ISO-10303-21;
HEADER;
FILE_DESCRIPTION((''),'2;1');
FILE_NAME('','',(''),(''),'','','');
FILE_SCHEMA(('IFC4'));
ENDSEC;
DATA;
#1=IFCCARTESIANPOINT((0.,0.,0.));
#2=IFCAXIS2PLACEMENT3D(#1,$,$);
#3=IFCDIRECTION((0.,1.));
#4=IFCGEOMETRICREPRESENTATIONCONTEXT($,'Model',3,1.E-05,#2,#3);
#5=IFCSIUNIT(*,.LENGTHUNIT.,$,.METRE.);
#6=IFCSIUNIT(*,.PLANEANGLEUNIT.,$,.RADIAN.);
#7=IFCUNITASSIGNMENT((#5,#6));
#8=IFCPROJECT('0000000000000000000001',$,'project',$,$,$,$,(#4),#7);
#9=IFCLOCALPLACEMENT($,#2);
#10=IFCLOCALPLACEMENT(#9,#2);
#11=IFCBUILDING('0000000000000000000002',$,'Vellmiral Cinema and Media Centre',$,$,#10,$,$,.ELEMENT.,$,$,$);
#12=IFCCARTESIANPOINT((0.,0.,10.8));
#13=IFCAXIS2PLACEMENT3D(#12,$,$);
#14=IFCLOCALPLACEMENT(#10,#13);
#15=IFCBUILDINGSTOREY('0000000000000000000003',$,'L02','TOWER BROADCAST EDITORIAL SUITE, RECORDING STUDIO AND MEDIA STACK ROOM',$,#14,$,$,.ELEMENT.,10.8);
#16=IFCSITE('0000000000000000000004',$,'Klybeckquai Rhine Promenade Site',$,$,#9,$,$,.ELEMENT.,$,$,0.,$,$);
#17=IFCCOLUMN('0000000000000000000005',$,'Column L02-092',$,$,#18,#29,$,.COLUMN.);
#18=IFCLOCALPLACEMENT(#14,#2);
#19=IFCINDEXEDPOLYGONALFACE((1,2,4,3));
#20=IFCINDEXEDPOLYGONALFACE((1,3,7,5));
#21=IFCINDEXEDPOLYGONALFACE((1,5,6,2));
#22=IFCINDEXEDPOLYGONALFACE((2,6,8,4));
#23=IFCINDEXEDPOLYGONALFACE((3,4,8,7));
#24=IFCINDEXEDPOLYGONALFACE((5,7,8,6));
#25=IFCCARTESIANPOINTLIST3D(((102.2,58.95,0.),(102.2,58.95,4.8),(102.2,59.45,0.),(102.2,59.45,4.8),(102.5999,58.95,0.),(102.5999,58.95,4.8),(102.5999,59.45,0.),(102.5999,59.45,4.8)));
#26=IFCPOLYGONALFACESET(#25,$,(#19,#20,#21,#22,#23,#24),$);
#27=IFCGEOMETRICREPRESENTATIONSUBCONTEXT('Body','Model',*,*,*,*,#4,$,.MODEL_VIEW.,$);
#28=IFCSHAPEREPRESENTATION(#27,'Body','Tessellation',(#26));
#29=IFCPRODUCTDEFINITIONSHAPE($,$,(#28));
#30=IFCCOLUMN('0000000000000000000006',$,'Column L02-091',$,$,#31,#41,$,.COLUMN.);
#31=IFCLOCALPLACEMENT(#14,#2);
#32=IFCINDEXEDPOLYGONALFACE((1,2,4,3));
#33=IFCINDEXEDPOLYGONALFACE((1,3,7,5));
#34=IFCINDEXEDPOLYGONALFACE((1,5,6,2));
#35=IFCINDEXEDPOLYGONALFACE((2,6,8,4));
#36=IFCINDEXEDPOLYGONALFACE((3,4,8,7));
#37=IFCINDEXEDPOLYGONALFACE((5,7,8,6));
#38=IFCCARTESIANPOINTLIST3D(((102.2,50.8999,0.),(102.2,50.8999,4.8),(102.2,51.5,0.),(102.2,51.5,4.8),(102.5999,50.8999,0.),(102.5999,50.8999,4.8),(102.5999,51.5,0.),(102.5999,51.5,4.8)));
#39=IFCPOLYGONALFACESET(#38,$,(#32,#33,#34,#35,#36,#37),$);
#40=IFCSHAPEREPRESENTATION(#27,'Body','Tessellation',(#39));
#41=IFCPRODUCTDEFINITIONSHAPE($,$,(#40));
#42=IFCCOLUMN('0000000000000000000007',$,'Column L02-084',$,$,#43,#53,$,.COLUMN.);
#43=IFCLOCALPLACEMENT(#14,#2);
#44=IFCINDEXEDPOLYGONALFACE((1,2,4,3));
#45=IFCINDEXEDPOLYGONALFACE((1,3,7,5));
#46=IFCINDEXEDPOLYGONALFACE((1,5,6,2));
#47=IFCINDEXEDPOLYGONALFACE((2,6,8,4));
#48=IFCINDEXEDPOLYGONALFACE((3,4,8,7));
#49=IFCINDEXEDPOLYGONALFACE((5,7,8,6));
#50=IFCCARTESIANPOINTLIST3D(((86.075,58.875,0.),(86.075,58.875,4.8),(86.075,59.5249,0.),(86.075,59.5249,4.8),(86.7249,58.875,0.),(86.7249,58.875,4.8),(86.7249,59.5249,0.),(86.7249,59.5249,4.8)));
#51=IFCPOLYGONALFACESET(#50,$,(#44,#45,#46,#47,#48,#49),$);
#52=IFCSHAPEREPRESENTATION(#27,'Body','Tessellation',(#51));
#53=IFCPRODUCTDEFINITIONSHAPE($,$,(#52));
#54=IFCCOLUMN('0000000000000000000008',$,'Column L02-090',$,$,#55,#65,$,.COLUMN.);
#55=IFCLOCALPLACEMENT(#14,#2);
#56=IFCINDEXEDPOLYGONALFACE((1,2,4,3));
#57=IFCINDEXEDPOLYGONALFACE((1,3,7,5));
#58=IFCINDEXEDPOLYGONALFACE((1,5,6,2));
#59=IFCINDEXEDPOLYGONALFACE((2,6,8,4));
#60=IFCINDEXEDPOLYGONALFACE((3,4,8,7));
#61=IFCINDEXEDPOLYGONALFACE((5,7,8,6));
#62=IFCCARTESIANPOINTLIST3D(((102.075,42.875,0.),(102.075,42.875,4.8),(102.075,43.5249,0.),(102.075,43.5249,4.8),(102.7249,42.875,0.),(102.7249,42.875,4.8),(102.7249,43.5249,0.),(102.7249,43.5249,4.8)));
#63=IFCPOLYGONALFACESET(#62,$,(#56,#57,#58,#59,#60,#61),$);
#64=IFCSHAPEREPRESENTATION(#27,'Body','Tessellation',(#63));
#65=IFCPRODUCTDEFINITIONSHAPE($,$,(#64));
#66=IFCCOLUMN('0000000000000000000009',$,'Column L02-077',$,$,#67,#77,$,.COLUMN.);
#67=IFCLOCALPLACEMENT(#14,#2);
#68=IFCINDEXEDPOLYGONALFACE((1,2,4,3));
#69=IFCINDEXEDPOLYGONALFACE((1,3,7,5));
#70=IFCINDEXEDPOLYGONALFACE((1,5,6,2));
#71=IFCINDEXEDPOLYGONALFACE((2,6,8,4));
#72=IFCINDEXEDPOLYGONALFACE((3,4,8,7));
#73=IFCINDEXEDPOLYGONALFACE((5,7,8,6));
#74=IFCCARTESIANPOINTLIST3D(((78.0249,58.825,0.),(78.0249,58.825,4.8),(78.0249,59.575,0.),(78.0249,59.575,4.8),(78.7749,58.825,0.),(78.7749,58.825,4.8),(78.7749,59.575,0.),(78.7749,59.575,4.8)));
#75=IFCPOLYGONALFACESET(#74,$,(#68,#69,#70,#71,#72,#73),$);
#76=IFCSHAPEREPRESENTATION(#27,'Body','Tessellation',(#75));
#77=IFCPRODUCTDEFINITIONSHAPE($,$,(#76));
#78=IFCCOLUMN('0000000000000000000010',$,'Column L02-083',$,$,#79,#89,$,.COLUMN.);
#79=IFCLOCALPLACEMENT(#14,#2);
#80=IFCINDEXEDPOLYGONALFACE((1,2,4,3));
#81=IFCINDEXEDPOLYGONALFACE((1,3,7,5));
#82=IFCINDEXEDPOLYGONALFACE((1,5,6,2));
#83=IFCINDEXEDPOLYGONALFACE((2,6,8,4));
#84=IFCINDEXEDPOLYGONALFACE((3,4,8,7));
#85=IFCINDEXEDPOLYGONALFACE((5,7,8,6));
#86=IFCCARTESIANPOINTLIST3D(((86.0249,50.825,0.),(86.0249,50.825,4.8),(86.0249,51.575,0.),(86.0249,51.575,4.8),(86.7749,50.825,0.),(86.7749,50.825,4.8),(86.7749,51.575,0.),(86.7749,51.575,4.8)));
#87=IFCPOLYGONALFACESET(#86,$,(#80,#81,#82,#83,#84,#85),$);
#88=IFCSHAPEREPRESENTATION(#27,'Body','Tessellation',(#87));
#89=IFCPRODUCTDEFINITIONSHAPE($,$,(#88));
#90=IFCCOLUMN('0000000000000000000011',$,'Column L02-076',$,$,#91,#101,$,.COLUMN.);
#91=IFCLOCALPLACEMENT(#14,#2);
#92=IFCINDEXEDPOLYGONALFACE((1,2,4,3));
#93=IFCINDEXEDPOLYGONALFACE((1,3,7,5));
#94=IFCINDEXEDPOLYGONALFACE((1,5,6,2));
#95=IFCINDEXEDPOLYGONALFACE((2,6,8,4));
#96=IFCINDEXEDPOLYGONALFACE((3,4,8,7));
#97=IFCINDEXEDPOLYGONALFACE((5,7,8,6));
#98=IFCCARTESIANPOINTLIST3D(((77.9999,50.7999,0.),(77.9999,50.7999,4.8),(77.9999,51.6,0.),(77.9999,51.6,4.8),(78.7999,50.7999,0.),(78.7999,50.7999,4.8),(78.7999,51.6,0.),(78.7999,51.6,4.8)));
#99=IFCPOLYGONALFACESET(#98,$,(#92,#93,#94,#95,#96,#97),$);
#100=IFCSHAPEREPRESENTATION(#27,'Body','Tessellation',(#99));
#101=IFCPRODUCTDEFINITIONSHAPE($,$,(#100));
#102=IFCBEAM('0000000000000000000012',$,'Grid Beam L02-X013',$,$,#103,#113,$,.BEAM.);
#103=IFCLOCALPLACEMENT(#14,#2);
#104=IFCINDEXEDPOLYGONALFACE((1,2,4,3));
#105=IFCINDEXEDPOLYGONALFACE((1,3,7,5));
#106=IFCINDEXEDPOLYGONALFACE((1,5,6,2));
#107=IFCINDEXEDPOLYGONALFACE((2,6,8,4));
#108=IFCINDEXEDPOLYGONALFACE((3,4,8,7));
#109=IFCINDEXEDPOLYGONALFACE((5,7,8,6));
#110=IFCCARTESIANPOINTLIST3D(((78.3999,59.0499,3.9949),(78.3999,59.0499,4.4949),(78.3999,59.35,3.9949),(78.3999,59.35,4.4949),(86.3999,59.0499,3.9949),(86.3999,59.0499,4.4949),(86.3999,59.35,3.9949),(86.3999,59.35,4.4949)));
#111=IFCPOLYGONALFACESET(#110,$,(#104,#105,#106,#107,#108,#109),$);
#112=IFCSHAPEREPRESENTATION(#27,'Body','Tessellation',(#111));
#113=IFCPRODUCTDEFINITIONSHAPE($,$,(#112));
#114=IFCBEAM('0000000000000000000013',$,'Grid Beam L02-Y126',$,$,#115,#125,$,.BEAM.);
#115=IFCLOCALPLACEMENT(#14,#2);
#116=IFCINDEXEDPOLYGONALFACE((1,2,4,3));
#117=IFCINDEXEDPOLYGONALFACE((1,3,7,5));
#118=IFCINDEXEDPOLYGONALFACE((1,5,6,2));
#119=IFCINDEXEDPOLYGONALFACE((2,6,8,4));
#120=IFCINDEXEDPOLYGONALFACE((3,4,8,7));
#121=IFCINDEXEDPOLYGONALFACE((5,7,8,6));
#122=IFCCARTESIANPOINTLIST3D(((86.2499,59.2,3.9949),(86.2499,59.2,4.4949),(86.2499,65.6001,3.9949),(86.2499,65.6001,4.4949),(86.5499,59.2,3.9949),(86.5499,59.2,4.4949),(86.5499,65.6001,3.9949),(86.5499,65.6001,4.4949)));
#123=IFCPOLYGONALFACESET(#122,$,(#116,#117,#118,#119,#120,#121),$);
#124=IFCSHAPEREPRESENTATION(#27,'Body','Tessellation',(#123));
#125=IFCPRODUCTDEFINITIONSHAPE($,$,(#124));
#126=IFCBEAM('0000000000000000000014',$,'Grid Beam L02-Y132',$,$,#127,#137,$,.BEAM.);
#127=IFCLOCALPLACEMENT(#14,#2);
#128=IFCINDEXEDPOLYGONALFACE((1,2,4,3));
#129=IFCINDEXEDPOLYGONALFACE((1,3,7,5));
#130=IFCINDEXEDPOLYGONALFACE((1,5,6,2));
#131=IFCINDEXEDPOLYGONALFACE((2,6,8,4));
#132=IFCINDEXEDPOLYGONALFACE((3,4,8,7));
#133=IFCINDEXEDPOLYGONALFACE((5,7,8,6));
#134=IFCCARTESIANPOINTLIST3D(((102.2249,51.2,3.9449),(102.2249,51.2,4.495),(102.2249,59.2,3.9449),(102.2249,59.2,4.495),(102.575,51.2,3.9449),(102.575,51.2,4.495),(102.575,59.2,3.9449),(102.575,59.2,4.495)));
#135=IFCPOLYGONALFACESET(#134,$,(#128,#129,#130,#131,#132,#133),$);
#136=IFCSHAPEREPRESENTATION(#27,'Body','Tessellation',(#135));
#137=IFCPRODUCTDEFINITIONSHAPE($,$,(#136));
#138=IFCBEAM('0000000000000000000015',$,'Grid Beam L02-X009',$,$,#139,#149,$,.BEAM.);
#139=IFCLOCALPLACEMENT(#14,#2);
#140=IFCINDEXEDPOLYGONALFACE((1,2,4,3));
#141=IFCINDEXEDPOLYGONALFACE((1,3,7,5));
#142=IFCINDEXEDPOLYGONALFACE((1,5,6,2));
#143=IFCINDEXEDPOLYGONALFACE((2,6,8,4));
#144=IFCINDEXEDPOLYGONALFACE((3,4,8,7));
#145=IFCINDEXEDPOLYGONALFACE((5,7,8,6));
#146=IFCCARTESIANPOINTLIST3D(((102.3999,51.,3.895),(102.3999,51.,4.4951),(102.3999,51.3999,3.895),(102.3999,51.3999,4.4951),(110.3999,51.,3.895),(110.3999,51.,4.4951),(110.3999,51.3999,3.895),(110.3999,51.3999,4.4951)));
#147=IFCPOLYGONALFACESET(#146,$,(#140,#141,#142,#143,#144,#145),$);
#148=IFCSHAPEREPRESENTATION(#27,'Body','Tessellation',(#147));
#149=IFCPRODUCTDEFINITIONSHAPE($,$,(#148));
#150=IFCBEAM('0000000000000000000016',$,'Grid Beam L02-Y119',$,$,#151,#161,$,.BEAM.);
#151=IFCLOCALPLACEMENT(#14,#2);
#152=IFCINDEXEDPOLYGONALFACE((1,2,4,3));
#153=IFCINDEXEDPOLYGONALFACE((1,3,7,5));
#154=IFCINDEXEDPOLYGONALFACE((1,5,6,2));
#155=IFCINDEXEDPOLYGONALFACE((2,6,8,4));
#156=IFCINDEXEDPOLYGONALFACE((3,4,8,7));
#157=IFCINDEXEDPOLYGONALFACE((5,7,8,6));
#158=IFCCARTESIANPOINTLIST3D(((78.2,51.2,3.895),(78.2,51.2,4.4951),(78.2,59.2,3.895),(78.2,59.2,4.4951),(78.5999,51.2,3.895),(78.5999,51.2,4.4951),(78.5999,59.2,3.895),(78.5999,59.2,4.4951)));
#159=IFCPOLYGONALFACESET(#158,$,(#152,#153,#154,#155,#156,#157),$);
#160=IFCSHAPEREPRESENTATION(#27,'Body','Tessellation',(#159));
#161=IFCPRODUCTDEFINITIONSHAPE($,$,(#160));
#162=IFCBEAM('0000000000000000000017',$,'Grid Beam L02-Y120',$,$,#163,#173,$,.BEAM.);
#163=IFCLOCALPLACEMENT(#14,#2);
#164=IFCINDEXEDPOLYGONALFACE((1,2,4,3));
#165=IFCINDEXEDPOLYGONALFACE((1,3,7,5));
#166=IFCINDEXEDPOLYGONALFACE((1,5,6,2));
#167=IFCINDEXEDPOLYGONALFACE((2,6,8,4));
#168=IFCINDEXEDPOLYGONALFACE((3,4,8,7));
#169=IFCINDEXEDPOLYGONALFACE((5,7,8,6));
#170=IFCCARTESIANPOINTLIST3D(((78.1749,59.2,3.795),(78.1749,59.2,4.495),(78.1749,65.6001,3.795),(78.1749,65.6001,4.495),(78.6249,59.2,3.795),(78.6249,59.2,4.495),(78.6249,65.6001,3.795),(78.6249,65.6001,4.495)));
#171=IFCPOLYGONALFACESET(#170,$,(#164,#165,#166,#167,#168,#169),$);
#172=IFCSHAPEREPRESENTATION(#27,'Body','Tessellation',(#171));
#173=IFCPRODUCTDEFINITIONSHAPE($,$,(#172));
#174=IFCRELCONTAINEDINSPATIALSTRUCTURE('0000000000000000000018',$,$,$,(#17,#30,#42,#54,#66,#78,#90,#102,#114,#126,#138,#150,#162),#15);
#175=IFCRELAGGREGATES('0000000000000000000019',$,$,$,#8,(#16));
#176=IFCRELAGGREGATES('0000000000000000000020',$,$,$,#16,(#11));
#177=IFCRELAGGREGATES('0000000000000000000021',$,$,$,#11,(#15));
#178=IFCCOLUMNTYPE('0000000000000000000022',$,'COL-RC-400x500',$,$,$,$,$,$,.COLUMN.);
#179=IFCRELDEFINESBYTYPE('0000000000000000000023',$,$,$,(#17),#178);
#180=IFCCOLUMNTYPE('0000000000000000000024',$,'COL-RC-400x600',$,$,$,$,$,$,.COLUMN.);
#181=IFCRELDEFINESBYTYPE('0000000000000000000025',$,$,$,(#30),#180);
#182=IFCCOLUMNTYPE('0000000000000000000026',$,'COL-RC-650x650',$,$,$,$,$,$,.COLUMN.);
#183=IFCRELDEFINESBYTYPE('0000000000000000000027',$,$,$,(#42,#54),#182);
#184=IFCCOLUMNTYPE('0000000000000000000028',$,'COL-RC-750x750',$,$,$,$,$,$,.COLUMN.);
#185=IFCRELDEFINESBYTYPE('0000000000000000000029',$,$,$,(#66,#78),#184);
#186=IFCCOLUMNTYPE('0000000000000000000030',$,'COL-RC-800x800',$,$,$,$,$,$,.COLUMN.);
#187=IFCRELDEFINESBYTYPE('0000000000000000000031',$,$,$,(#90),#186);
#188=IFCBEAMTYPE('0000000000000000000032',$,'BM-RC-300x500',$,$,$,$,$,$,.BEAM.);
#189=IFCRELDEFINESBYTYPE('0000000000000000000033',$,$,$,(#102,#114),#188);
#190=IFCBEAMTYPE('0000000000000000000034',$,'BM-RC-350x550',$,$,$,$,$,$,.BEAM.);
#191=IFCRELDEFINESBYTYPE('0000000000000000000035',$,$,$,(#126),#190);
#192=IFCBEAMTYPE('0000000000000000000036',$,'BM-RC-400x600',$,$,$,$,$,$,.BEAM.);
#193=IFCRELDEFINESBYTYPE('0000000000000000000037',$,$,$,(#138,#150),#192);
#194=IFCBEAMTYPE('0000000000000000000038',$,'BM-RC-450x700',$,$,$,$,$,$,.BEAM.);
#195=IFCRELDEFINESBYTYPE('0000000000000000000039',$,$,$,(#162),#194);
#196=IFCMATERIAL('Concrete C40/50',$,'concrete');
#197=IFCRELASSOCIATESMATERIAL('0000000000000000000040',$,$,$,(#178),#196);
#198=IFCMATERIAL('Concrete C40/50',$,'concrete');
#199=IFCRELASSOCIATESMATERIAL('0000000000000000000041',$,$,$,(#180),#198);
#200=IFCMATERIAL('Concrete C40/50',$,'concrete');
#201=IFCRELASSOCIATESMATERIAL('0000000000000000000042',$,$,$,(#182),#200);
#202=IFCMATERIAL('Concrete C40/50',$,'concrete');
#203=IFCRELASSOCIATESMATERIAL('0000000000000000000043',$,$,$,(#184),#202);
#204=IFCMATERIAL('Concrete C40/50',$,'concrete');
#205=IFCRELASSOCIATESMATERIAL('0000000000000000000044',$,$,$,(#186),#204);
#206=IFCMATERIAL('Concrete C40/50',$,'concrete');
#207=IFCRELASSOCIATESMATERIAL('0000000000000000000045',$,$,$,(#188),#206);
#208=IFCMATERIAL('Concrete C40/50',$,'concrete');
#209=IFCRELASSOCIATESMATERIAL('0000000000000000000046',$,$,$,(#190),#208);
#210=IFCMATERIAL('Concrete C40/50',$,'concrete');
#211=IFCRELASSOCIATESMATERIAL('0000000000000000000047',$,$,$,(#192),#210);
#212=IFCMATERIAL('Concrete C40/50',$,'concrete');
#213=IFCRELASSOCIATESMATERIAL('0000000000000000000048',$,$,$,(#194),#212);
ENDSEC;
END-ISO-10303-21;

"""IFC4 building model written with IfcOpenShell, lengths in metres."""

from ifc_helpers import new_model, si_unit, direction, frame, origin, origin_2d, place, context, subcontext, project, spatial, rectangle, extrude, material, material_profile, profile_set, type_object, element, save


model = new_model("IFC4")

# Units and contexts
model_context = context("Model", 3, precision=1e-05, world=origin(), true_north=direction((0.0, 1.0)))
body_context = subcontext(model_context, "Body", "Model", "MODEL_VIEW")
ifc_project = project(units=[si_unit("LENGTHUNIT", "METRE"), si_unit("PLANEANGLEUNIT", "RADIAN")], contexts=[model_context])

# Site, building, storey
site_placement = place(None, origin())
site = spatial("IfcSite", under=ifc_project, at=site_placement, Name="Klybeckquai Rhine Promenade Site", CompositionType="ELEMENT", RefElevation=0.0)
building_placement = place(site_placement, origin())
building = spatial("IfcBuilding", under=site, at=building_placement, Name="Vellmiral Cinema and Media Centre", CompositionType="ELEMENT")
storey_placement = place(building_placement, frame((0.0, 0.0, 10.8)))
storey = spatial("IfcBuildingStorey", under=building, at=storey_placement, Name="L02", Description="TOWER BROADCAST EDITORIAL SUITE, RECORDING STUDIO AND MEDIA STACK ROOM", CompositionType="ELEMENT", Elevation=10.8)

# Columns
ifc_material_1 = material(Name="Concrete C40/50", Category="concrete")
ifc_material_profile_1 = material_profile(ifc_material_1, rectangle(XDim=0.3999, YDim=0.5, at=origin_2d()), Name="RC 400x500")
ifc_profile_set_1 = profile_set([ifc_material_profile_1], Name="Concrete C40/50")
column_type_1 = type_object("IfcColumnType", Name="COL-RC-400x500", PredefinedType="COLUMN", material=ifc_profile_set_1)
column_1_placement = place(storey_placement, frame((102.3999, 59.2, 0.0), z_axis=(0.0, 0.0, 1.0), x_axis=(1.0, 0.0, 0.0)))
element("IfcColumn", 1, at=column_1_placement, inside=storey, type_object=column_type_1, Name="Column L02-092", PredefinedType="COLUMN", context=body_context, shape_type="SweptSolid", body=[
    extrude(rectangle(XDim=0.3999, YDim=0.5, at=origin_2d()), origin(), (0.0, 0.0, 1.0), 4.8),
])
ifc_material_2 = material(Name="Concrete C40/50", Category="concrete")
ifc_material_profile_2 = material_profile(ifc_material_2, rectangle(XDim=0.3999, YDim=0.6001, at=origin_2d()), Name="RC 400x600")
ifc_profile_set_2 = profile_set([ifc_material_profile_2], Name="Concrete C40/50")
column_type_2 = type_object("IfcColumnType", Name="COL-RC-400x600", PredefinedType="COLUMN", material=ifc_profile_set_2)
column_2_placement = place(storey_placement, frame((102.3999, 51.2, 0.0), z_axis=(0.0, 0.0, 1.0), x_axis=(1.0, 0.0, 0.0)))
element("IfcColumn", 2, at=column_2_placement, inside=storey, type_object=column_type_2, Name="Column L02-091", PredefinedType="COLUMN", context=body_context, shape_type="SweptSolid", body=[
    extrude(rectangle(XDim=0.3999, YDim=0.6001, at=origin_2d()), origin(), (0.0, 0.0, 1.0), 4.8),
])
ifc_material_3 = material(Name="Concrete C40/50", Category="concrete")
ifc_material_profile_3 = material_profile(ifc_material_3, rectangle(XDim=0.6499, YDim=0.6499, at=origin_2d()), Name="RC 650x650")
ifc_profile_set_3 = profile_set([ifc_material_profile_3], Name="Concrete C40/50")
column_type_3 = type_object("IfcColumnType", Name="COL-RC-650x650", PredefinedType="COLUMN", material=ifc_profile_set_3)
for number, where, z_axis, x_axis, name in (
    (3, (86.3999, 59.2, 0.0), (0.0, 0.0, 1.0), (1.0, 0.0, 0.0), "Column L02-084"),
    (4, (102.3999, 43.2, 0.0), (0.0, 0.0, 1.0), (1.0, 0.0, 0.0), "Column L02-090"),
):
    element("IfcColumn", number, at=place(storey_placement, frame(where, z_axis=z_axis, x_axis=x_axis)), inside=storey, type_object=column_type_3, Name=name, PredefinedType="COLUMN", context=body_context, shape_type="SweptSolid", body=[
        extrude(rectangle(XDim=0.6499, YDim=0.6499, at=origin_2d()), origin(), (0.0, 0.0, 1.0), 4.8),
    ])
ifc_material_4 = material(Name="Concrete C40/50", Category="concrete")
ifc_material_profile_4 = material_profile(ifc_material_4, rectangle(XDim=0.75, YDim=0.75, at=origin_2d()), Name="RC 750x750")
ifc_profile_set_4 = profile_set([ifc_material_profile_4], Name="Concrete C40/50")
column_type_4 = type_object("IfcColumnType", Name="COL-RC-750x750", PredefinedType="COLUMN", material=ifc_profile_set_4)
for number, where, z_axis, x_axis, name in (
    (5, (78.3999, 59.2, 0.0), (0.0, 0.0, 1.0), (1.0, 0.0, 0.0), "Column L02-077"),
    (6, (86.3999, 51.2, 0.0), (0.0, 0.0, 1.0), (1.0, 0.0, 0.0), "Column L02-083"),
):
    element("IfcColumn", number, at=place(storey_placement, frame(where, z_axis=z_axis, x_axis=x_axis)), inside=storey, type_object=column_type_4, Name=name, PredefinedType="COLUMN", context=body_context, shape_type="SweptSolid", body=[
        extrude(rectangle(XDim=0.75, YDim=0.75, at=origin_2d()), origin(), (0.0, 0.0, 1.0), 4.8),
    ])
ifc_material_5 = material(Name="Concrete C40/50", Category="concrete")
ifc_material_profile_5 = material_profile(ifc_material_5, rectangle(XDim=0.8, YDim=0.8, at=origin_2d()), Name="RC 800x800")
ifc_profile_set_5 = profile_set([ifc_material_profile_5], Name="Concrete C40/50")
column_type_5 = type_object("IfcColumnType", Name="COL-RC-800x800", PredefinedType="COLUMN", material=ifc_profile_set_5)
column_3_placement = place(storey_placement, frame((78.3999, 51.2, 0.0), z_axis=(0.0, 0.0, 1.0), x_axis=(1.0, 0.0, 0.0)))
element("IfcColumn", 7, at=column_3_placement, inside=storey, type_object=column_type_5, Name="Column L02-076", PredefinedType="COLUMN", context=body_context, shape_type="SweptSolid", body=[
    extrude(rectangle(XDim=0.8, YDim=0.8, at=origin_2d()), origin(), (0.0, 0.0, 1.0), 4.8),
])

# Beams
ifc_material_6 = material(Name="Concrete C40/50", Category="concrete")
ifc_material_profile_6 = material_profile(ifc_material_6, rectangle(XDim=0.3, YDim=0.5, at=origin_2d()), Name="RC 300x500")
ifc_profile_set_6 = profile_set([ifc_material_profile_6], Name="Concrete C40/50")
beam_type_1 = type_object("IfcBeamType", Name="BM-RC-300x500", PredefinedType="BEAM", material=ifc_profile_set_6)
beam_1_placement = place(storey_placement, frame((78.3999, 59.2, 4.2449), z_axis=(1.0, 0.0, 0.0), x_axis=(0.0, 1.0, 0.0)))
element("IfcBeam", 8, at=beam_1_placement, inside=storey, type_object=beam_type_1, Name="Grid Beam L02-X013", PredefinedType="BEAM", context=body_context, shape_type="SweptSolid", body=[
    extrude(rectangle(XDim=0.3, YDim=0.5, at=origin_2d()), origin(), (0.0, 0.0, 1.0), 8.0),
])
beam_2_placement = place(storey_placement, frame((86.3999, 59.2, 4.2449), z_axis=(0.0, 1.0, 0.0), x_axis=(-1.0, 0.0, 0.0)))
element("IfcBeam", 9, at=beam_2_placement, inside=storey, type_object=beam_type_1, Name="Grid Beam L02-Y126", PredefinedType="BEAM", context=body_context, shape_type="SweptSolid", body=[
    extrude(rectangle(XDim=0.3, YDim=0.5, at=origin_2d()), origin(), (0.0, 0.0, 1.0), 6.4001),
])
ifc_material_7 = material(Name="Concrete C40/50", Category="concrete")
ifc_material_profile_7 = material_profile(ifc_material_7, rectangle(XDim=0.3501, YDim=0.55, at=origin_2d()), Name="RC 350x550")
ifc_profile_set_7 = profile_set([ifc_material_profile_7], Name="Concrete C40/50")
beam_type_2 = type_object("IfcBeamType", Name="BM-RC-350x550", PredefinedType="BEAM", material=ifc_profile_set_7)
beam_3_placement = place(storey_placement, frame((102.3999, 51.2, 4.22), z_axis=(0.0, 1.0, 0.0), x_axis=(-1.0, 0.0, 0.0)))
element("IfcBeam", 10, at=beam_3_placement, inside=storey, type_object=beam_type_2, Name="Grid Beam L02-Y132", PredefinedType="BEAM", context=body_context, shape_type="SweptSolid", body=[
    extrude(rectangle(XDim=0.3501, YDim=0.55, at=origin_2d()), origin(), (0.0, 0.0, 1.0), 8.0),
])
ifc_material_8 = material(Name="Concrete C40/50", Category="concrete")
ifc_material_profile_8 = material_profile(ifc_material_8, rectangle(XDim=0.3999, YDim=0.6001, at=origin_2d()), Name="RC 400x600")
ifc_profile_set_8 = profile_set([ifc_material_profile_8], Name="Concrete C40/50")
beam_type_3 = type_object("IfcBeamType", Name="BM-RC-400x600", PredefinedType="BEAM", material=ifc_profile_set_8)
for number, where, z_axis, x_axis, name in (
    (11, (102.3999, 51.2, 4.1951), (1.0, 0.0, 0.0), (0.0, 1.0, 0.0), "Grid Beam L02-X009"),
    (12, (78.3999, 51.2, 4.1951), (0.0, 1.0, 0.0), (-1.0, 0.0, 0.0), "Grid Beam L02-Y119"),
):
    element("IfcBeam", number, at=place(storey_placement, frame(where, z_axis=z_axis, x_axis=x_axis)), inside=storey, type_object=beam_type_3, Name=name, PredefinedType="BEAM", context=body_context, shape_type="SweptSolid", body=[
        extrude(rectangle(XDim=0.3999, YDim=0.6001, at=origin_2d()), origin(), (0.0, 0.0, 1.0), 8.0),
    ])
ifc_material_9 = material(Name="Concrete C40/50", Category="concrete")
ifc_material_profile_9 = material_profile(ifc_material_9, rectangle(XDim=0.45, YDim=0.7, at=origin_2d()), Name="RC 450x700")
ifc_profile_set_9 = profile_set([ifc_material_profile_9], Name="Concrete C40/50")
beam_type_4 = type_object("IfcBeamType", Name="BM-RC-450x700", PredefinedType="BEAM", material=ifc_profile_set_9)
beam_4_placement = place(storey_placement, frame((78.3999, 59.2, 4.145), z_axis=(0.0, 1.0, 0.0), x_axis=(-1.0, 0.0, 0.0)))
element("IfcBeam", 13, at=beam_4_placement, inside=storey, type_object=beam_type_4, Name="Grid Beam L02-Y120", PredefinedType="BEAM", context=body_context, shape_type="SweptSolid", body=[
    extrude(rectangle(XDim=0.45, YDim=0.7, at=origin_2d()), origin(), (0.0, 0.0, 1.0), 6.4001),
])

save(model, "model.ifc")
